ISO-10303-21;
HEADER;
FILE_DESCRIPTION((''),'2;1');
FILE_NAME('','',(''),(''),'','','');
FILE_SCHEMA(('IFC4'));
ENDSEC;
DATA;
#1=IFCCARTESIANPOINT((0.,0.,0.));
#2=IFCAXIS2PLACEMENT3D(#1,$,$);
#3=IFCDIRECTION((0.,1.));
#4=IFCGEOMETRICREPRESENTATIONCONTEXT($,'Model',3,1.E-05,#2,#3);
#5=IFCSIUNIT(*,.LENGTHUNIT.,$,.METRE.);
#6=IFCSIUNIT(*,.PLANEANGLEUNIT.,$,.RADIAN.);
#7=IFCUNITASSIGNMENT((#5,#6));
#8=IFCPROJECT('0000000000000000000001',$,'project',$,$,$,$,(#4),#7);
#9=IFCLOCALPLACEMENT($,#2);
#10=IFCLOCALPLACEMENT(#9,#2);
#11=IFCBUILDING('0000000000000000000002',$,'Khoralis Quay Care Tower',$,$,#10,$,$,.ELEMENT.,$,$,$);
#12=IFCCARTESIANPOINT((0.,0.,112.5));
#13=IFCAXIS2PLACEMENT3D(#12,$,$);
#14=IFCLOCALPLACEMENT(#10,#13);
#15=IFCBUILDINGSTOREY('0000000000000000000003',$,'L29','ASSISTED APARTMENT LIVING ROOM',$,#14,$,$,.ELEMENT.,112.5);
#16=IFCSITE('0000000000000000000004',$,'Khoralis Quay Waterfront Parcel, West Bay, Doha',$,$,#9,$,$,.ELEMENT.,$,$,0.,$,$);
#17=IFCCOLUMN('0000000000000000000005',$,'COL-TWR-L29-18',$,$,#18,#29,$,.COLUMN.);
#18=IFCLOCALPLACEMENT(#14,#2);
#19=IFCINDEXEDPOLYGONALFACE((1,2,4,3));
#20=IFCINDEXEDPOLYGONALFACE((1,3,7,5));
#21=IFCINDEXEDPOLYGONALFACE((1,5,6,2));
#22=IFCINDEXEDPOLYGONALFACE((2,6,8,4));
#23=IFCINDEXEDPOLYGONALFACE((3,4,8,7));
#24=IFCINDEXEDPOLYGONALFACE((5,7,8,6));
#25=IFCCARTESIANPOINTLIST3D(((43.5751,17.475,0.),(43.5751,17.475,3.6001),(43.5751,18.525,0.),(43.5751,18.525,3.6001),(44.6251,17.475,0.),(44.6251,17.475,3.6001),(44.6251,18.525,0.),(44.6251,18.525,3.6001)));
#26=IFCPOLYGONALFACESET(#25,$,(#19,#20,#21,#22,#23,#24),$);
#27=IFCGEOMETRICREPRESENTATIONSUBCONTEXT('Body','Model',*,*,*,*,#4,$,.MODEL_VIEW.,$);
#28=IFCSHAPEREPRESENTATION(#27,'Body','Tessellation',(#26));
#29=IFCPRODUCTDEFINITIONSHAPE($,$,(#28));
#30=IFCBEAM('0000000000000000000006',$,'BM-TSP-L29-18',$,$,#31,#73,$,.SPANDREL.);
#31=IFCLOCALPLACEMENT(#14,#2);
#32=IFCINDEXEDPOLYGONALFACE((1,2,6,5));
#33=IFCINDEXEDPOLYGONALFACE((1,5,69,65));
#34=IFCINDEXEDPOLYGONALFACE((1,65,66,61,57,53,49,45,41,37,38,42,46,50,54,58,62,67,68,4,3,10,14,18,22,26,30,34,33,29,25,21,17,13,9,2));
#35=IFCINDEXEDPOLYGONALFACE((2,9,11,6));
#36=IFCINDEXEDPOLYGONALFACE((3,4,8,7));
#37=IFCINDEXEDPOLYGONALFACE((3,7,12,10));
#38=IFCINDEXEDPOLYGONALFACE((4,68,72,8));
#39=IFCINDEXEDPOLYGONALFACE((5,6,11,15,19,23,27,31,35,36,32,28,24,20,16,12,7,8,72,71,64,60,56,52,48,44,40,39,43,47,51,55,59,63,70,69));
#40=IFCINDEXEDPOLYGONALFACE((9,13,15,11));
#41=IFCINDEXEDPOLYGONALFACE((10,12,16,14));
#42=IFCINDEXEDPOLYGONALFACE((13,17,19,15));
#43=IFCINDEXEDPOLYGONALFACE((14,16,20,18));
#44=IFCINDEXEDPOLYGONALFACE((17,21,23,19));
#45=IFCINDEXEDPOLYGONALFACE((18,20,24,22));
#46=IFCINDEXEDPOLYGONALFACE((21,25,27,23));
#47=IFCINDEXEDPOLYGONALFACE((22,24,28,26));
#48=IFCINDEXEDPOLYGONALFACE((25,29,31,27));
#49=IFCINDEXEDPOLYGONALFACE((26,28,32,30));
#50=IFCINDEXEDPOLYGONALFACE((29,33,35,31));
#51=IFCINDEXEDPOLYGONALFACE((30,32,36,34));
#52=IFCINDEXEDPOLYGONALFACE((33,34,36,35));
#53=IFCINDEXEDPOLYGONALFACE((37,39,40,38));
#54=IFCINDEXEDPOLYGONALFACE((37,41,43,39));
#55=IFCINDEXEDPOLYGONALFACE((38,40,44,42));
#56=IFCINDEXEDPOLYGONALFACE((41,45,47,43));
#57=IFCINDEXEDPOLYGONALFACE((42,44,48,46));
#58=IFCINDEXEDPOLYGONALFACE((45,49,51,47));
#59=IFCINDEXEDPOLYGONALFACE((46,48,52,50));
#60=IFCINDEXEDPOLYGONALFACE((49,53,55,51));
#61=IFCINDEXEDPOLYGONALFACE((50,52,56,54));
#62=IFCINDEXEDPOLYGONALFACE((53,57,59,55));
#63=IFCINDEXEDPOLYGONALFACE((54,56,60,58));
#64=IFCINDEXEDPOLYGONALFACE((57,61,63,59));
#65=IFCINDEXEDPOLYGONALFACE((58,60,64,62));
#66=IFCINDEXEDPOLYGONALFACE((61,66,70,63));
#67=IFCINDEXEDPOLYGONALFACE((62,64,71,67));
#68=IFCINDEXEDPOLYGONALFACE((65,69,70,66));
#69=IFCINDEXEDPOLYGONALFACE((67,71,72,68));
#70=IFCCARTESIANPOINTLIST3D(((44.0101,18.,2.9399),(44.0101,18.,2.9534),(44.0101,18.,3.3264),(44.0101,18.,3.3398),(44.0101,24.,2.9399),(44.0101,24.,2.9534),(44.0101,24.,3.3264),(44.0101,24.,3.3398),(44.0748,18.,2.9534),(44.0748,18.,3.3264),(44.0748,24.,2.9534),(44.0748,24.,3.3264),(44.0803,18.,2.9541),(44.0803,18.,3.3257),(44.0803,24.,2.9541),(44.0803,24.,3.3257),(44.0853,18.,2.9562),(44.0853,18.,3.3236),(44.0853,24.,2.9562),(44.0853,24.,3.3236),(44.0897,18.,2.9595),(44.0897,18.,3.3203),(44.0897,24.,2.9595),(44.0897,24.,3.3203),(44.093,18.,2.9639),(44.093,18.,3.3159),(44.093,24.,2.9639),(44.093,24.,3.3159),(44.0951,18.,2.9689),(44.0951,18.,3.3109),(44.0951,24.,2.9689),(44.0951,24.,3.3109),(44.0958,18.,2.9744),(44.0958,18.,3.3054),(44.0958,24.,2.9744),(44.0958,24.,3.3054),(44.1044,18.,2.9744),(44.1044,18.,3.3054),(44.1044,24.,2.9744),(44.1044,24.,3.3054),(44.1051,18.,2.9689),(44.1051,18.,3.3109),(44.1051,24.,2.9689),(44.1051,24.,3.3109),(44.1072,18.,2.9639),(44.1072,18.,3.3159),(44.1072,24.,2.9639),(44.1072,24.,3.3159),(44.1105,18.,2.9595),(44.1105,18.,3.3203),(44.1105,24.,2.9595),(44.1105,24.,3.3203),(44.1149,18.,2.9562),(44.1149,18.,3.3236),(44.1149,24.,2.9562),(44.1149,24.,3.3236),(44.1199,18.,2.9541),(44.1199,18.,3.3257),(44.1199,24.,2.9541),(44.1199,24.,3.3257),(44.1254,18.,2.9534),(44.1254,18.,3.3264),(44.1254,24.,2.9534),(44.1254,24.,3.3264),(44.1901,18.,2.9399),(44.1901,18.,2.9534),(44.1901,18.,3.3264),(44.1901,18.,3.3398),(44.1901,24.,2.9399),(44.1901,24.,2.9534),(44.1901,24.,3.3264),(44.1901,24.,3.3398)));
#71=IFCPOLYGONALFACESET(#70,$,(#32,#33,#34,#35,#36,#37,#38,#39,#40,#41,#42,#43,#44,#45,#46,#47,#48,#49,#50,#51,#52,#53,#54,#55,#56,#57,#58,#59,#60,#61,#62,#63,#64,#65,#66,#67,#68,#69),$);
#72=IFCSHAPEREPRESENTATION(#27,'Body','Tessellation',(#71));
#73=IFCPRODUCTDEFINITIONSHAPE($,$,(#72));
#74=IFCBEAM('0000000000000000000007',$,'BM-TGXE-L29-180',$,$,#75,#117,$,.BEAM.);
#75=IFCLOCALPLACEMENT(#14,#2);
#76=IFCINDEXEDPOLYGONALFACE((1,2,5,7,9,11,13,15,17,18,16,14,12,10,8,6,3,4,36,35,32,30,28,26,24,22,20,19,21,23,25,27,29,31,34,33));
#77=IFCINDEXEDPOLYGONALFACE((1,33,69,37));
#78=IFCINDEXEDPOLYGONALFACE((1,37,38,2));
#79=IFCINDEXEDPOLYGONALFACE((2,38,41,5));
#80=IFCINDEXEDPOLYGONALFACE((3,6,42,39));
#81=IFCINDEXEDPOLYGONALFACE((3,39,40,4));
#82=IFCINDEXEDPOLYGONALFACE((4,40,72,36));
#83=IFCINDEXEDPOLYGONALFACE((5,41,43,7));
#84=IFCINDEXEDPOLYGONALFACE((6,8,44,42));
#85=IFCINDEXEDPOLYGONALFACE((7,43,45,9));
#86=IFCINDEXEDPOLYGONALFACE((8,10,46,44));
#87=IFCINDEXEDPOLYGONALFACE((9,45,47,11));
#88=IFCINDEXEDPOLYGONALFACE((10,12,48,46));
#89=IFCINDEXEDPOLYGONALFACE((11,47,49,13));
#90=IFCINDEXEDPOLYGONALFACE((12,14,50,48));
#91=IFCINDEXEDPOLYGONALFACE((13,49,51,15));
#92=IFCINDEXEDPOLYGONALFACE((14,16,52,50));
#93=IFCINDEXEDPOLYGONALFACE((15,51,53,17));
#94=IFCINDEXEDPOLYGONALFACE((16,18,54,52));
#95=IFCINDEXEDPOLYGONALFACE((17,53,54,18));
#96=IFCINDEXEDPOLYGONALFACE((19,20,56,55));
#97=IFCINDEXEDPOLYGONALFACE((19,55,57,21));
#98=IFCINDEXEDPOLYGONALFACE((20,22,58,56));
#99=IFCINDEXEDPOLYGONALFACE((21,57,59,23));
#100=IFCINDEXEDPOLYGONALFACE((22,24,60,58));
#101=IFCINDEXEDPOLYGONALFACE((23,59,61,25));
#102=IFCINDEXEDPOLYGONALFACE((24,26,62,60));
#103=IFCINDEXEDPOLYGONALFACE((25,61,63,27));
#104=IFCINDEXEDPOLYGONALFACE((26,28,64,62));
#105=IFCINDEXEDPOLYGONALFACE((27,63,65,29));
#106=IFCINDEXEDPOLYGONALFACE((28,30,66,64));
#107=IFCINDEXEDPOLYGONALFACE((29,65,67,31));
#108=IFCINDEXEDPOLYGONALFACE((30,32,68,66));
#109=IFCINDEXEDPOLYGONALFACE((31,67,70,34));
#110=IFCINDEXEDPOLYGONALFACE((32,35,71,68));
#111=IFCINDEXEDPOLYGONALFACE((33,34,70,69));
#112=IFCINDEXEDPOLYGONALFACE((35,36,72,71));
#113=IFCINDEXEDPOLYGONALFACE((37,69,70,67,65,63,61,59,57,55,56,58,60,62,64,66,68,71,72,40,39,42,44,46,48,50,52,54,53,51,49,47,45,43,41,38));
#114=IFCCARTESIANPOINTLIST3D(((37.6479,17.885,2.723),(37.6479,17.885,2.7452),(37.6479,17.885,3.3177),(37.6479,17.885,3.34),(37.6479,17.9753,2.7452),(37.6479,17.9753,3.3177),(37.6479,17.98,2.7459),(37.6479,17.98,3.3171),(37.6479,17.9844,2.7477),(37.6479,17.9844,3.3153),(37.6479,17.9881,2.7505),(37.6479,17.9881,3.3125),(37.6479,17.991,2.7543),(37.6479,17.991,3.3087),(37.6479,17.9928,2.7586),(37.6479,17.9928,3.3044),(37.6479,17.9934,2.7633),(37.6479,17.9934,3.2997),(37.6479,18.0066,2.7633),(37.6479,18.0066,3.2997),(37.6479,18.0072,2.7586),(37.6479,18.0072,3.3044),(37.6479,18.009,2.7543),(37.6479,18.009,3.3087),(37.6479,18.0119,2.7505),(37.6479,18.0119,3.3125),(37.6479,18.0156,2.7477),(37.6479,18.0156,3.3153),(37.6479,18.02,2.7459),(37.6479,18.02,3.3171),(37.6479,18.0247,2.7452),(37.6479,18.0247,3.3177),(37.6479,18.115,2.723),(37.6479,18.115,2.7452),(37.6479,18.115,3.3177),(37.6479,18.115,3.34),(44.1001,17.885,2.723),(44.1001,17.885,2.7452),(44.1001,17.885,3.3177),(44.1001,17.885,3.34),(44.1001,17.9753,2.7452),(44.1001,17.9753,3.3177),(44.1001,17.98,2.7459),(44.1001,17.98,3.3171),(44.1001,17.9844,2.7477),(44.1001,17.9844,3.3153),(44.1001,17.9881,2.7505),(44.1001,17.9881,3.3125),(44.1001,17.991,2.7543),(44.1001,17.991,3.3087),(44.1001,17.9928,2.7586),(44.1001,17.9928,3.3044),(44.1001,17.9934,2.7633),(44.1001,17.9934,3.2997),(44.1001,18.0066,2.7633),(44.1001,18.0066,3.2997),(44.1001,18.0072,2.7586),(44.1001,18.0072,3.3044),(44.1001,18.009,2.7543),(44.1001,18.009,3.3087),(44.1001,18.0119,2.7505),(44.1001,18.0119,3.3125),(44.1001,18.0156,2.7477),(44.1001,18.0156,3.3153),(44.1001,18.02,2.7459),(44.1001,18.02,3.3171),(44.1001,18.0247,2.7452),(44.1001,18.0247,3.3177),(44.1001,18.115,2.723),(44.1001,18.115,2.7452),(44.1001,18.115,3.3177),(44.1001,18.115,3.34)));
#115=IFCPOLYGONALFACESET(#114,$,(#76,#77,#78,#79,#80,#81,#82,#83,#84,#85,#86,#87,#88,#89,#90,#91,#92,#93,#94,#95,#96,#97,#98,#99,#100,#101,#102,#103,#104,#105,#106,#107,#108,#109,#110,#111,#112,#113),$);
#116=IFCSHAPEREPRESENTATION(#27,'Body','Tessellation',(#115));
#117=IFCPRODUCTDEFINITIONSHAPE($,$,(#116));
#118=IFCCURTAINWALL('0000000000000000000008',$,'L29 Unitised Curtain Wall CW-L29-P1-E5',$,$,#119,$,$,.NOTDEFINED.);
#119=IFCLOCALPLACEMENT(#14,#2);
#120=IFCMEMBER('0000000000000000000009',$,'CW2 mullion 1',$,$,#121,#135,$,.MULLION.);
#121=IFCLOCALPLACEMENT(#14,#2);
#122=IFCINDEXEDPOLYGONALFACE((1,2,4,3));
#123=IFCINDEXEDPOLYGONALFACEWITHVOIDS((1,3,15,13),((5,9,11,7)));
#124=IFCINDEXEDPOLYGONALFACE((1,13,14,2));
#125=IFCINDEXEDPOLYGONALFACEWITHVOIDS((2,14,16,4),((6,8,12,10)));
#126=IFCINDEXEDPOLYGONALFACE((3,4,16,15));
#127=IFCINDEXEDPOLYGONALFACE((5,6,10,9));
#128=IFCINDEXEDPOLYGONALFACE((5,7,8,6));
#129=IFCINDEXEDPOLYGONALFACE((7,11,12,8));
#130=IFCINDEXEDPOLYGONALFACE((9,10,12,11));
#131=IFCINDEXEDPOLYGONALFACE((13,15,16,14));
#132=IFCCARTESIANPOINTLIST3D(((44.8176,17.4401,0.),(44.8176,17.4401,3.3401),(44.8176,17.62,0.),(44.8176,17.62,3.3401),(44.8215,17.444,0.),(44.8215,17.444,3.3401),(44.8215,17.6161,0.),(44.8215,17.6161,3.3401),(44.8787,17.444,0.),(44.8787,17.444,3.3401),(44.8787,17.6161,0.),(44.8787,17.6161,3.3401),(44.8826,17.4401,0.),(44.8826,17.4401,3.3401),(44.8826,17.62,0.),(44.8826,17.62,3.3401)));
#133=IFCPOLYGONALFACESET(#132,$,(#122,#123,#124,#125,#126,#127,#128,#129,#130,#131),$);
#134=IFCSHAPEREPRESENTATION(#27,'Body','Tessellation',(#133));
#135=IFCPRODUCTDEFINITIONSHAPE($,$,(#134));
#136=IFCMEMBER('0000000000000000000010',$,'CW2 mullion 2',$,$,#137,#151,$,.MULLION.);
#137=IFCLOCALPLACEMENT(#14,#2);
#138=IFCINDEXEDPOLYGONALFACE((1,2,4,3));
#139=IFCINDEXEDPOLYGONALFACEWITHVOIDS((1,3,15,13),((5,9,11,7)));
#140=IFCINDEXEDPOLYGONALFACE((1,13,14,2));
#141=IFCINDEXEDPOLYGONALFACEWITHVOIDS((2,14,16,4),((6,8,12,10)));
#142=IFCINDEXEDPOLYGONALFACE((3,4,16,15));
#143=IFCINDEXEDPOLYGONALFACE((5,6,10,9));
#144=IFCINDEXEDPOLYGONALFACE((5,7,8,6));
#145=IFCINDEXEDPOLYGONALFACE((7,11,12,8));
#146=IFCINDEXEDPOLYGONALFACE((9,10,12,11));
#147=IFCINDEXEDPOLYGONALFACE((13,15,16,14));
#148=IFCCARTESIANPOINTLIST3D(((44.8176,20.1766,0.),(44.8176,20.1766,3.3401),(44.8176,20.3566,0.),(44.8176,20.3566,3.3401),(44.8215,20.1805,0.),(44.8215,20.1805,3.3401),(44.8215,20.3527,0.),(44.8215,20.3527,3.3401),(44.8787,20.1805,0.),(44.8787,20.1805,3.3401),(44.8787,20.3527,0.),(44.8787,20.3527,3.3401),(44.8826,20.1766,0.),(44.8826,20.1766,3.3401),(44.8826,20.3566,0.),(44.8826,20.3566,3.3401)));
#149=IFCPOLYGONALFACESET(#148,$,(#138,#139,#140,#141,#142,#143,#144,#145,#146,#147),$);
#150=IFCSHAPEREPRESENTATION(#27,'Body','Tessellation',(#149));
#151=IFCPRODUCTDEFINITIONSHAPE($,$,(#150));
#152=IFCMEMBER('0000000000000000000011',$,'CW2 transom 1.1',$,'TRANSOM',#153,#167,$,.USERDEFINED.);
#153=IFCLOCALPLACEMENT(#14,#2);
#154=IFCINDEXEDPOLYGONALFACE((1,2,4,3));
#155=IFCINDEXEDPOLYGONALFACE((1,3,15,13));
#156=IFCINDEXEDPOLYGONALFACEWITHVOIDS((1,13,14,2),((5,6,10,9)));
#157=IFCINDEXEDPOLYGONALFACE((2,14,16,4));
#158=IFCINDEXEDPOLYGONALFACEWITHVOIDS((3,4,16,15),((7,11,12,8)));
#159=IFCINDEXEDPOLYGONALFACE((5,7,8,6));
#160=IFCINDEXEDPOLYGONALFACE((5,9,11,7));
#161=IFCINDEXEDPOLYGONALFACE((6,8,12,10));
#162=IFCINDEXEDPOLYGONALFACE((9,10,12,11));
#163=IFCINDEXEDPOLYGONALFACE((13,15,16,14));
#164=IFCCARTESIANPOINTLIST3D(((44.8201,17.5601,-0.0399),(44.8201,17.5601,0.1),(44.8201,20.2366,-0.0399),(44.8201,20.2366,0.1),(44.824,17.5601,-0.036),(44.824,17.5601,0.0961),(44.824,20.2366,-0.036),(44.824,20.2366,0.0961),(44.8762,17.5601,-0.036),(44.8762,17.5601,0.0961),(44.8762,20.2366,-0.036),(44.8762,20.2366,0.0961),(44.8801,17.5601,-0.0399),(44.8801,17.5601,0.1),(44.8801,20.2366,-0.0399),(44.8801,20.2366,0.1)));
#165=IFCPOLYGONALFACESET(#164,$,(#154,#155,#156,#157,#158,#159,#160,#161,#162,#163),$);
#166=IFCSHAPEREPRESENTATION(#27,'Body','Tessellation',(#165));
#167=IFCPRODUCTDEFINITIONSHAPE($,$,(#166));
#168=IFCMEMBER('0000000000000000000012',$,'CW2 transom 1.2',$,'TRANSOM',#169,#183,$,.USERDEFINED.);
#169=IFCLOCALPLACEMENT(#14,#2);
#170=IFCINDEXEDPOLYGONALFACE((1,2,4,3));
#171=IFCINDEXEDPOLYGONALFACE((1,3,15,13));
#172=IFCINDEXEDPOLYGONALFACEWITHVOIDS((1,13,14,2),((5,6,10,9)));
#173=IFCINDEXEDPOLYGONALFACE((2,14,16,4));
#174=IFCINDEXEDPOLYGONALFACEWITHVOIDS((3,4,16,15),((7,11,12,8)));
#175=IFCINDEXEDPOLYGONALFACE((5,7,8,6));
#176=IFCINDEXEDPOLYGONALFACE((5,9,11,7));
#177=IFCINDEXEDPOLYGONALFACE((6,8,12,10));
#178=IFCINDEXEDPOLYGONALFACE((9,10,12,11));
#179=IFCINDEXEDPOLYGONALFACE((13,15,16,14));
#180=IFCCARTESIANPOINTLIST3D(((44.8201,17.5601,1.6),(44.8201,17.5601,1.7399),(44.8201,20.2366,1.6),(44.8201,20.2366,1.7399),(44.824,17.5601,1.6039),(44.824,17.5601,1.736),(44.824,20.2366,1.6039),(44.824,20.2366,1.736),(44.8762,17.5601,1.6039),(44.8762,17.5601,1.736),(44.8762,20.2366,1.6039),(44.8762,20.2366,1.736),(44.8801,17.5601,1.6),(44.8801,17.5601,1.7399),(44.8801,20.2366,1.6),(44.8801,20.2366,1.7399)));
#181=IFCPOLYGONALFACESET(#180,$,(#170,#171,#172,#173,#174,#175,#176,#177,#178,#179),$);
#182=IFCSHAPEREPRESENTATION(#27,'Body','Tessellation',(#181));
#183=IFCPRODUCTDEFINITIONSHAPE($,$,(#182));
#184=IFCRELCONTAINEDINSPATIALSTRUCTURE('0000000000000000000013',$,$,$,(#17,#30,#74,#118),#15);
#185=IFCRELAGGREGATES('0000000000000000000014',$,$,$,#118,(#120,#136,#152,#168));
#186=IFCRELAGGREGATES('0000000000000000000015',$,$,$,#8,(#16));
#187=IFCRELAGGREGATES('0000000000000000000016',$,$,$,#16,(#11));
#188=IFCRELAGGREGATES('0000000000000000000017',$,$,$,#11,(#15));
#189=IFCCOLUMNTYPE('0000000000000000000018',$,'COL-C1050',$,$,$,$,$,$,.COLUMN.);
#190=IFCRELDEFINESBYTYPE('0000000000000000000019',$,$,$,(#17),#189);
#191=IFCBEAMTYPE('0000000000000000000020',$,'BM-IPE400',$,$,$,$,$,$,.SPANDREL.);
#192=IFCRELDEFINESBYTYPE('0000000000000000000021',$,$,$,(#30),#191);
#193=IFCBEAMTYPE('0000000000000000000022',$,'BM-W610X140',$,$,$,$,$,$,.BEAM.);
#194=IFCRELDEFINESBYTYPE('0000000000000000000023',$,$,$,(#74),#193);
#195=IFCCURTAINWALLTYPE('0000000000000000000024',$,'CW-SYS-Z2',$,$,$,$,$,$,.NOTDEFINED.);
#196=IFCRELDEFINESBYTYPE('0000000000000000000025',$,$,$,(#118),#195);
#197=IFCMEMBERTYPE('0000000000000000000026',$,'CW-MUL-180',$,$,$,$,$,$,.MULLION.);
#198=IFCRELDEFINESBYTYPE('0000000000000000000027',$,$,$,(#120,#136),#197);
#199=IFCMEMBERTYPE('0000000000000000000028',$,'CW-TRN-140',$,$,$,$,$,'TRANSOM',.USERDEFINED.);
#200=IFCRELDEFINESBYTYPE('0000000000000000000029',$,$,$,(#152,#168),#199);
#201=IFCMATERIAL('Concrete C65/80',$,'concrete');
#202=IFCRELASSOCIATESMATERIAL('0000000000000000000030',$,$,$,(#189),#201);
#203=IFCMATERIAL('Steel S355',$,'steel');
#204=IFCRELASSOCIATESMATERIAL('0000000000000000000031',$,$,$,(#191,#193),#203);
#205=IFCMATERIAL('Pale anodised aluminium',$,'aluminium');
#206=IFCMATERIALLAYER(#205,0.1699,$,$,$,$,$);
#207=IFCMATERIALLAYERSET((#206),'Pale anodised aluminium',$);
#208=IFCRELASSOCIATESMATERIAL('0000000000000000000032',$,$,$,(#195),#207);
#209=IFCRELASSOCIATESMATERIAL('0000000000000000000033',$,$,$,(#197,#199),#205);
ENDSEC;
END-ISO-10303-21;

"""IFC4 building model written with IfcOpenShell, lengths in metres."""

from ifc_helpers import new_model, si_unit, direction, frame, origin, origin_2d, place, context, subcontext, project, spatial, rectangle, hollow_rectangle, i_section, extrude, source, transform, mapped, material, layer, layer_set, material_profile, profile_set, type_object, element, aggregate, save


model = new_model("IFC4")

# Units and contexts
model_context = context("Model", 3, precision=1e-05, world=origin(), true_north=direction((0.0, 1.0)))
body_context = subcontext(model_context, "Body", "Model", "MODEL_VIEW")
ifc_project = project(units=[si_unit("LENGTHUNIT", "METRE"), si_unit("PLANEANGLEUNIT", "RADIAN")], contexts=[model_context])

# Site, building, storey
site_placement = place(None, origin())
site = spatial("IfcSite", under=ifc_project, at=site_placement, Name="Khoralis Quay Waterfront Parcel, West Bay, Doha", CompositionType="ELEMENT", RefElevation=0.0)
building_placement = place(site_placement, origin())
building = spatial("IfcBuilding", under=site, at=building_placement, Name="Khoralis Quay Care Tower", CompositionType="ELEMENT")
storey_placement = place(building_placement, frame((0.0, 0.0, 112.5)))
storey = spatial("IfcBuildingStorey", under=building, at=storey_placement, Name="L29", Description="ASSISTED APARTMENT LIVING ROOM", CompositionType="ELEMENT", Elevation=112.5)

# Column
ifc_material_1 = material(Name="Concrete C65/80", Category="concrete")
ifc_material_profile_1 = material_profile(ifc_material_1, rectangle(XDim=1.05, YDim=1.05, at=origin_2d()), Name="Concrete C65/80")
ifc_profile_set_1 = profile_set([ifc_material_profile_1], Name="Concrete C65/80")
column_type = type_object("IfcColumnType", Name="COL-C1050", PredefinedType="COLUMN", material=ifc_profile_set_1)
shared_shape_1 = source(origin(), body_context, "Body", "SweptSolid", [
    extrude(rectangle(XDim=1.05, YDim=1.05, at=origin_2d()), origin(), (0.0, 0.0, 1.0), 3.6001),
])
column_placement = place(storey_placement, frame((44.1001, 18.0, 0.0), z_axis=(0.0, 0.0, 1.0), x_axis=(1.0, 0.0, 0.0)))
element("IfcColumn", 1, at=column_placement, inside=storey, type_object=column_type, Name="COL-TWR-L29-18", PredefinedType="COLUMN", context=body_context, shape_type="MappedRepresentation", body=[
    mapped(shared_shape_1, transform((0.0, 0.0, 0.0), scale=1.0)),
])

# Beams
ifc_material_2 = material(Name="Steel S355", Category="steel")
ifc_material_profile_2 = material_profile(ifc_material_2, i_section(OverallWidth=0.1799, OverallDepth=0.3999, WebThickness=0.0085, FlangeThickness=0.0134, FilletRadius=0.021, at=origin_2d()), Name="Steel S355")
ifc_profile_set_2 = profile_set([ifc_material_profile_2], Name="Steel S355")
beam_type_1 = type_object("IfcBeamType", Name="BM-IPE400", PredefinedType="SPANDREL", material=ifc_profile_set_2)
shared_shape_2 = source(origin(), body_context, "Body", "SweptSolid", [
    extrude(i_section(OverallWidth=0.1799, OverallDepth=0.3999, WebThickness=0.0085, FlangeThickness=0.0134, FilletRadius=0.021, at=origin_2d()), origin(), (0.0, 0.0, 1.0), 6.0),
])
beam_1_placement = place(storey_placement, frame((44.1001, 18.0, 3.1399), z_axis=(0.0, 1.0, 0.0), x_axis=(-1.0, 0.0, 0.0)))
element("IfcBeam", 2, at=beam_1_placement, inside=storey, type_object=beam_type_1, Name="BM-TSP-L29-18", PredefinedType="SPANDREL", context=body_context, shape_type="MappedRepresentation", body=[
    mapped(shared_shape_2, transform((0.0, 0.0, 0.0), scale=1.0)),
])
ifc_material_profile_3 = material_profile(ifc_material_2, i_section(OverallWidth=0.23, OverallDepth=0.6169, WebThickness=0.0132, FlangeThickness=0.0222, FilletRadius=0.0181, at=origin_2d()), Name="Steel S355")
ifc_profile_set_3 = profile_set([ifc_material_profile_3], Name="Steel S355")
beam_type_2 = type_object("IfcBeamType", Name="BM-W610X140", PredefinedType="BEAM", material=ifc_profile_set_3)
shared_shape_3 = source(origin(), body_context, "Body", "SweptSolid", [
    extrude(i_section(OverallWidth=0.23, OverallDepth=0.6169, WebThickness=0.0132, FlangeThickness=0.0222, FilletRadius=0.0181, at=origin_2d()), origin(), (0.0, 0.0, 1.0), 6.4521),
])
beam_2_placement = place(storey_placement, frame((37.6479, 18.0, 3.0315), z_axis=(1.0, 0.0, 0.0), x_axis=(0.0, 1.0, 0.0)))
element("IfcBeam", 3, at=beam_2_placement, inside=storey, type_object=beam_type_2, Name="BM-TGXE-L29-180", PredefinedType="BEAM", context=body_context, shape_type="MappedRepresentation", body=[
    mapped(shared_shape_3, transform((0.0, 0.0, 0.0), scale=1.0)),
])

# Curtain wall, members
ifc_material_3 = material(Name="Pale anodised aluminium", Category="aluminium")
ifc_layer_1 = layer(ifc_material_3, 0.1699)
ifc_layer_set_1 = layer_set([ifc_layer_1], Name="Pale anodised aluminium")
curtain_wall_type = type_object("IfcCurtainWallType", Name="CW-SYS-Z2", PredefinedType="NOTDEFINED", material=ifc_layer_set_1)
curtain_wall_placement = place(storey_placement, origin())
curtain_wall = element("IfcCurtainWall", 4, at=curtain_wall_placement, inside=storey, type_object=curtain_wall_type, Name="L29 Unitised Curtain Wall CW-L29-P1-E5", PredefinedType="NOTDEFINED")
ifc_material_profile_4 = material_profile(ifc_material_3, hollow_rectangle(XDim=0.0649, YDim=0.1799, WallThickness=0.0039, at=origin_2d()), Name="Pale anodised aluminium")
ifc_profile_set_4 = profile_set([ifc_material_profile_4], Name="Pale anodised aluminium")
member_type_1 = type_object("IfcMemberType", Name="CW-MUL-180", PredefinedType="MULLION", material=ifc_profile_set_4)
shared_shape_4 = source(origin(), body_context, "Body", "SweptSolid", [
    extrude(hollow_rectangle(XDim=0.0649, YDim=0.1799, WallThickness=0.0039, at=origin_2d()), origin(), (0.0, 0.0, 1.0), 3.3401),
])
member_1_placement = place(storey_placement, frame((44.8501, 17.53, 0.0), z_axis=(0.0, 0.0, 1.0), x_axis=(-1.0, 0.0, 0.0)))
member_1 = element("IfcMember", 5, at=member_1_placement, type_object=member_type_1, Name="CW2 mullion 1", PredefinedType="MULLION", context=body_context, shape_type="MappedRepresentation", body=[
    mapped(shared_shape_4, transform((0.0, 0.0, 0.0), scale=1.0)),
])
member_2_placement = place(storey_placement, frame((44.8501, 20.2666, 0.0), z_axis=(0.0, 0.0, 1.0), x_axis=(-1.0, 0.0, 0.0)))
member_2 = element("IfcMember", 6, at=member_2_placement, type_object=member_type_1, Name="CW2 mullion 2", PredefinedType="MULLION", context=body_context, shape_type="MappedRepresentation", body=[
    mapped(shared_shape_4, transform((0.0, 0.0, 0.0), scale=1.0)),
])
ifc_material_profile_5 = material_profile(ifc_material_3, hollow_rectangle(XDim=0.0601, YDim=0.1399, WallThickness=0.0039, at=origin_2d()), Name="Pale anodised aluminium")
ifc_profile_set_5 = profile_set([ifc_material_profile_5], Name="Pale anodised aluminium")
member_type_2 = type_object("IfcMemberType", Name="CW-TRN-140", ElementType="TRANSOM", PredefinedType="USERDEFINED", material=ifc_profile_set_5)
shared_shape_5 = source(origin(), body_context, "Body", "SweptSolid", [
    extrude(hollow_rectangle(XDim=0.0601, YDim=0.1399, WallThickness=0.0039, at=origin_2d()), origin(), (0.0, 0.0, 1.0), 2.6765),
])
member_3_placement = place(storey_placement, frame((44.8501, 17.5601, 0.03), z_axis=(0.0, 1.0, 0.0), x_axis=(-1.0, 0.0, 0.0)))
member_3 = element("IfcMember", 7, at=member_3_placement, type_object=member_type_2, Name="CW2 transom 1.1", ObjectType="TRANSOM", PredefinedType="USERDEFINED", context=body_context, shape_type="MappedRepresentation", body=[
    mapped(shared_shape_5, transform((0.0, 0.0, 0.0), scale=1.0)),
])
member_4_placement = place(storey_placement, frame((44.8501, 17.5601, 1.6699), z_axis=(0.0, 1.0, 0.0), x_axis=(-1.0, 0.0, 0.0)))
member_4 = element("IfcMember", 8, at=member_4_placement, type_object=member_type_2, Name="CW2 transom 1.2", ObjectType="TRANSOM", PredefinedType="USERDEFINED", context=body_context, shape_type="MappedRepresentation", body=[
    mapped(shared_shape_5, transform((0.0, 0.0, 0.0), scale=1.0)),
])
aggregate(curtain_wall, [member_1, member_2, member_3, member_4])

save(model, "model.ifc")
